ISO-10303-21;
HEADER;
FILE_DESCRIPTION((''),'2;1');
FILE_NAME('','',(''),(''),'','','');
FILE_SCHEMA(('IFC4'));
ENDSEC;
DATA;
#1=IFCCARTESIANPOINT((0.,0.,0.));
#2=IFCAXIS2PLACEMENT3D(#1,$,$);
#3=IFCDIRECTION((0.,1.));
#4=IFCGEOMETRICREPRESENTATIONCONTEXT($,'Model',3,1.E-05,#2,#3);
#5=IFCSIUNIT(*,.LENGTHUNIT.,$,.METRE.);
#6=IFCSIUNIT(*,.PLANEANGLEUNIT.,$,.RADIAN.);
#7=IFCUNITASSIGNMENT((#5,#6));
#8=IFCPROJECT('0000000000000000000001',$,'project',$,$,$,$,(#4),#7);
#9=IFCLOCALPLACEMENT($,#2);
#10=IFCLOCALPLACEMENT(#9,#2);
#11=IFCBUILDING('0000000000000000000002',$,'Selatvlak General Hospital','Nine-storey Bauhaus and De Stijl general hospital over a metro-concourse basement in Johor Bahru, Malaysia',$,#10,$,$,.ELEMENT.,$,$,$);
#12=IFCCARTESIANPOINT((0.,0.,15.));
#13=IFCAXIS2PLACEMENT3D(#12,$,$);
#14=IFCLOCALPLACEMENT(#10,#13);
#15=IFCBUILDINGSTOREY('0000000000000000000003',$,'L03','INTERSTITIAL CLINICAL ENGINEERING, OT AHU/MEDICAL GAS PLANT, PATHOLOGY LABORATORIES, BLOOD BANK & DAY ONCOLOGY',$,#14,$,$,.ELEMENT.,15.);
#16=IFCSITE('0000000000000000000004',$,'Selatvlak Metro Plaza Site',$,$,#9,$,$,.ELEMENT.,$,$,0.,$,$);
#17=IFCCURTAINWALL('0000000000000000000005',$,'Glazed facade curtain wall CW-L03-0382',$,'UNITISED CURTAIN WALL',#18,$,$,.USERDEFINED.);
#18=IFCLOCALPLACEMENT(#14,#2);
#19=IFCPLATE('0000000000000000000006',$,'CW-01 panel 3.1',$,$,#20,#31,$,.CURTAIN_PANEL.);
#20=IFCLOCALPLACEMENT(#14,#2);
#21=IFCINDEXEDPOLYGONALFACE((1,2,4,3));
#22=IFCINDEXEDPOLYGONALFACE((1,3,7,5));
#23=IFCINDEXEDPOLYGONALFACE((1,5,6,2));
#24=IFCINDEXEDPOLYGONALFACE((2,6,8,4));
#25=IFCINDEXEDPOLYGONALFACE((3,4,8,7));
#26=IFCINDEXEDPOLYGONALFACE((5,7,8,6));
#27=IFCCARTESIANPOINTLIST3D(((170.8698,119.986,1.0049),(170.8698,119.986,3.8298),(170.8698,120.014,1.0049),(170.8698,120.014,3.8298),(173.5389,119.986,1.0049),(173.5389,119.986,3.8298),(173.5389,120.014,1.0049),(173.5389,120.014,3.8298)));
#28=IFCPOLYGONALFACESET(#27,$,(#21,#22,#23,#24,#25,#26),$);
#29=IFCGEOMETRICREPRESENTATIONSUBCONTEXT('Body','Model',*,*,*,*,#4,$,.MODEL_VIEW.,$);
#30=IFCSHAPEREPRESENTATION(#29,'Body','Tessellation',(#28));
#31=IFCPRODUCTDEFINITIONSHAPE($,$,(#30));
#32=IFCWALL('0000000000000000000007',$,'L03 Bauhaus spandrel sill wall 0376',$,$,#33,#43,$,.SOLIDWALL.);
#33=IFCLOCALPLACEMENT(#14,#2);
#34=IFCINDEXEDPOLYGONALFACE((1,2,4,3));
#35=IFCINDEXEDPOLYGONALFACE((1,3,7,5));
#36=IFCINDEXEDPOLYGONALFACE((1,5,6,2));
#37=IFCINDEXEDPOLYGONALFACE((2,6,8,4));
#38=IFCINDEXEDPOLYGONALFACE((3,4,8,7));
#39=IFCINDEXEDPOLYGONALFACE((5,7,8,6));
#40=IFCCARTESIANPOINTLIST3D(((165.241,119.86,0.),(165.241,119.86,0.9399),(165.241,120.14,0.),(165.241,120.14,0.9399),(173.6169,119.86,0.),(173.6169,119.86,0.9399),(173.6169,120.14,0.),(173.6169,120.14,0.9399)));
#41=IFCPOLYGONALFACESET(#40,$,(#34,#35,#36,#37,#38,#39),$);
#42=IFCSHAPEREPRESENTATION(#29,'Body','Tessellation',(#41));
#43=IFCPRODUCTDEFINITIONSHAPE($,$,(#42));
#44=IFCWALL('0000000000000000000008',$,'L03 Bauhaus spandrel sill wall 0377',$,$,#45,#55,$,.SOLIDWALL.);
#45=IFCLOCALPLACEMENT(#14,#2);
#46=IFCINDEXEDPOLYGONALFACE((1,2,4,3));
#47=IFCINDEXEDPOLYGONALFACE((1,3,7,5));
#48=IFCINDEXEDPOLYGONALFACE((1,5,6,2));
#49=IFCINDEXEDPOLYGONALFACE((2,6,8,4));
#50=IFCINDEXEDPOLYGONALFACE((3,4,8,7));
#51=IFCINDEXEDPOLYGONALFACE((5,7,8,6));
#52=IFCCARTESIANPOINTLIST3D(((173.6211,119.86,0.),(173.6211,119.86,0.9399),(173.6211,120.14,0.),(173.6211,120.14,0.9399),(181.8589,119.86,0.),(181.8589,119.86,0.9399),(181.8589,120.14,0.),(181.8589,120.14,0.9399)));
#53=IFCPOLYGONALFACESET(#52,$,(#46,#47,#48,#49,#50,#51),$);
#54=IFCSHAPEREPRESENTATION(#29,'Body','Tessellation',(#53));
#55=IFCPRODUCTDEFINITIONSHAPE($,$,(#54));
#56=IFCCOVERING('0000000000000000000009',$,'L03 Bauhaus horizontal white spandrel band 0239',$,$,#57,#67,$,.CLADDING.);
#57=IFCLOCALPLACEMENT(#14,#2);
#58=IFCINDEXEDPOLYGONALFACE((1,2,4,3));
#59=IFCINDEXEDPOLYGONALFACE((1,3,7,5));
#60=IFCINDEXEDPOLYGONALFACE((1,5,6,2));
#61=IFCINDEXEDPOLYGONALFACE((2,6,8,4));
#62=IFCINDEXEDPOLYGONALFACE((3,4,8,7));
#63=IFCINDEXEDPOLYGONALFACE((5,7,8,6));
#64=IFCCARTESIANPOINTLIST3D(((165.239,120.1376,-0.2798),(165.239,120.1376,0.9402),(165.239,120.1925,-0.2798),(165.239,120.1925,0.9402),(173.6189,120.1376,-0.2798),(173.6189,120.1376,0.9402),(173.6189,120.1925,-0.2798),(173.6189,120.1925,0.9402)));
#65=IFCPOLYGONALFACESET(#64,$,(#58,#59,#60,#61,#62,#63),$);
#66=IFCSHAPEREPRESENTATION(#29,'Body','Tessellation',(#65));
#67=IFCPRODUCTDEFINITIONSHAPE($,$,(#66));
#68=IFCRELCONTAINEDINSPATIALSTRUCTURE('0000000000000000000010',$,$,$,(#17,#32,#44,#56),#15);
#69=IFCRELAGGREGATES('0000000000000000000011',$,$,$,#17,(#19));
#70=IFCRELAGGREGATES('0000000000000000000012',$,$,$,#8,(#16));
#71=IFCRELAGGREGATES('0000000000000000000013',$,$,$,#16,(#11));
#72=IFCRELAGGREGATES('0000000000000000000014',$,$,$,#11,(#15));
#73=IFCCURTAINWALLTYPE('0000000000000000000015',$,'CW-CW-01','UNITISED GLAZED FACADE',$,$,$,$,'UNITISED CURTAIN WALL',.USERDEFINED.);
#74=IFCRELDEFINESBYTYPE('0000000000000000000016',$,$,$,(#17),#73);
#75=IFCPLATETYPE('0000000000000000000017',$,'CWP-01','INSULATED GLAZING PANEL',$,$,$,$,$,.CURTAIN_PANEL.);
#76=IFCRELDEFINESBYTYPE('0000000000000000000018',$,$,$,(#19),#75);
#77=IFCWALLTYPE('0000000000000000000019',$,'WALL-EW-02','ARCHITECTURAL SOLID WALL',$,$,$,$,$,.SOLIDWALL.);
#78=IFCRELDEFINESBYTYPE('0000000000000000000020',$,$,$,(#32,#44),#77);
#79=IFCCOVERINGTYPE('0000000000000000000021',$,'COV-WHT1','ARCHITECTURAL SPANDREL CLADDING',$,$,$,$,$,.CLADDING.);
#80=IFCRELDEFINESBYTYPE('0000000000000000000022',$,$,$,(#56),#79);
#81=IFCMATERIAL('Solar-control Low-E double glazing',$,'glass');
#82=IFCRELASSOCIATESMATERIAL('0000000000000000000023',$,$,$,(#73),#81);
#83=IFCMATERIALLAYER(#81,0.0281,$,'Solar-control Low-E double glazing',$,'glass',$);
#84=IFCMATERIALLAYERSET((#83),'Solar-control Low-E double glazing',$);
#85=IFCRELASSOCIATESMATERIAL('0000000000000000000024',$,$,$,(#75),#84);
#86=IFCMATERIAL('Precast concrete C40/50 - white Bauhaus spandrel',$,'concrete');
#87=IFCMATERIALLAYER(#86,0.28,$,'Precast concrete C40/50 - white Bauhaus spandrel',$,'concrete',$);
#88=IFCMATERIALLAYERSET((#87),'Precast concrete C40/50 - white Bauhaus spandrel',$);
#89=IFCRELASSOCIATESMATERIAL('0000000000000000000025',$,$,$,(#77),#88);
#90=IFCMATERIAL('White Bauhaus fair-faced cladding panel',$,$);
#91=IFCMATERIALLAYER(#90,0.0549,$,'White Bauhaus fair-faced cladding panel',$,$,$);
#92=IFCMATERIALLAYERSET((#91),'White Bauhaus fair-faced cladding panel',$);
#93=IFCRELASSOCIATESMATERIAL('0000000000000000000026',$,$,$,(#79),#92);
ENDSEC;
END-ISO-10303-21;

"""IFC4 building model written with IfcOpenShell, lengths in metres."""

from ifc_helpers import new_model, si_unit, direction, frame, frame_2d, origin, origin_2d, place, context, subcontext, project, spatial, rectangle, extrude, material, layer, layer_set, type_object, element, aggregate, save


model = new_model("IFC4")

# Units and contexts
model_context = context("Model", 3, precision=1e-05, world=origin(), true_north=direction((0.0, 1.0)))
body_context = subcontext(model_context, "Body", "Model", "MODEL_VIEW")
ifc_project = project(units=[si_unit("LENGTHUNIT", "METRE"), si_unit("PLANEANGLEUNIT", "RADIAN")], contexts=[model_context])

# Site, building, storey
site_placement = place(None, origin())
site = spatial("IfcSite", under=ifc_project, at=site_placement, Name="Selatvlak Metro Plaza Site", CompositionType="ELEMENT", RefElevation=0.0)
building_placement = place(site_placement, origin())
building = spatial("IfcBuilding", under=site, at=building_placement, Name="Selatvlak General Hospital", Description="Nine-storey Bauhaus and De Stijl general hospital over a metro-concourse basement in Johor Bahru, Malaysia", CompositionType="ELEMENT")
storey_placement = place(building_placement, frame((0.0, 0.0, 15.0)))
storey = spatial("IfcBuildingStorey", under=building, at=storey_placement, Name="L03", Description="INTERSTITIAL CLINICAL ENGINEERING, OT AHU/MEDICAL GAS PLANT, PATHOLOGY LABORATORIES, BLOOD BANK & DAY ONCOLOGY", CompositionType="ELEMENT", Elevation=15.0)

# Shared definitions
ifc_material_1 = material(Name="Solar-control Low-E double glazing", Category="glass")

# Curtain wall
curtain_wall_type_1 = type_object("IfcCurtainWallType", Name="CW-CW-01", Description="UNITISED GLAZED FACADE", ElementType="UNITISED CURTAIN WALL", PredefinedType="USERDEFINED", material=ifc_material_1)
curtain_wall_1_placement = place(storey_placement, origin())
curtain_wall_1 = element("IfcCurtainWall", 1, at=curtain_wall_1_placement, inside=storey, type_object=curtain_wall_type_1, Name="Glazed facade curtain wall CW-L03-0382", ObjectType="UNITISED CURTAIN WALL", PredefinedType="USERDEFINED")

# Plate
ifc_layer_1 = layer(ifc_material_1, 0.0281, Name="Solar-control Low-E double glazing", Category="glass")
ifc_layer_set_1 = layer_set([ifc_layer_1], Name="Solar-control Low-E double glazing")
plate_type = type_object("IfcPlateType", Name="CWP-01", Description="INSULATED GLAZING PANEL", PredefinedType="CURTAIN_PANEL", material=ifc_layer_set_1)
plate_1_placement = place(storey_placement, frame((172.2043, 120.0, 1.0049), z_axis=(0.0, 0.0, 1.0), x_axis=(1.0, 0.0, 0.0)))
plate_1 = element("IfcPlate", 2, at=plate_1_placement, type_object=plate_type, Name="CW-01 panel 3.1", PredefinedType="CURTAIN_PANEL", context=body_context, shape_type="SweptSolid", body=[
    extrude(rectangle(XDim=2.6692, YDim=0.0281, at=origin_2d()), origin(), (0.0, 0.0, 1.0), 2.825),
])
aggregate(curtain_wall_1, [plate_1])

# Walls
ifc_material_2 = material(Name="Precast concrete C40/50 - white Bauhaus spandrel", Category="concrete")
ifc_layer_2 = layer(ifc_material_2, 0.28, Name="Precast concrete C40/50 - white Bauhaus spandrel", Category="concrete")
ifc_layer_set_2 = layer_set([ifc_layer_2], Name="Precast concrete C40/50 - white Bauhaus spandrel")
wall_type = type_object("IfcWallType", Name="WALL-EW-02", Description="ARCHITECTURAL SOLID WALL", PredefinedType="SOLIDWALL", material=ifc_layer_set_2)
wall_1_placement = place(storey_placement, frame((165.241, 120.0, 0.0), z_axis=(0.0, 0.0, 1.0), x_axis=(1.0, 0.0, 0.0)))
element("IfcWall", 3, at=wall_1_placement, inside=storey, type_object=wall_type, Name="L03 Bauhaus spandrel sill wall 0376", PredefinedType="SOLIDWALL", context=body_context, shape_type="SweptSolid", body=[
    extrude(rectangle(XDim=8.376, YDim=0.28, at=frame_2d((4.188, 0.0))), origin(), (0.0, 0.0, 1.0), 0.9399),
])
wall_2_placement = place(storey_placement, frame((173.6211, 120.0, 0.0), z_axis=(0.0, 0.0, 1.0), x_axis=(1.0, 0.0, 0.0)))
element("IfcWall", 4, at=wall_2_placement, inside=storey, type_object=wall_type, Name="L03 Bauhaus spandrel sill wall 0377", PredefinedType="SOLIDWALL", context=body_context, shape_type="SweptSolid", body=[
    extrude(rectangle(XDim=8.2378, YDim=0.28, at=frame_2d((4.1189, 0.0))), origin(), (0.0, 0.0, 1.0), 0.9399),
])

# Covering
ifc_material_3 = material(Name="White Bauhaus fair-faced cladding panel")
ifc_layer_3 = layer(ifc_material_3, 0.0549, Name="White Bauhaus fair-faced cladding panel")
ifc_layer_set_3 = layer_set([ifc_layer_3], Name="White Bauhaus fair-faced cladding panel")
covering_type = type_object("IfcCoveringType", Name="COV-WHT1", Description="ARCHITECTURAL SPANDREL CLADDING", PredefinedType="CLADDING", material=ifc_layer_set_3)
covering_placement = place(storey_placement, frame((169.429, 120.165, -0.2798), z_axis=(0.0, 0.0, 1.0), x_axis=(1.0, 0.0, 0.0)))
element("IfcCovering", 5, at=covering_placement, inside=storey, type_object=covering_type, Name="L03 Bauhaus horizontal white spandrel band 0239", PredefinedType="CLADDING", context=body_context, shape_type="SweptSolid", body=[
    extrude(rectangle(XDim=8.3799, YDim=0.0549, at=origin_2d()), origin(), (0.0, 0.0, 1.0), 1.22),
])

save(model, "model.ifc")
